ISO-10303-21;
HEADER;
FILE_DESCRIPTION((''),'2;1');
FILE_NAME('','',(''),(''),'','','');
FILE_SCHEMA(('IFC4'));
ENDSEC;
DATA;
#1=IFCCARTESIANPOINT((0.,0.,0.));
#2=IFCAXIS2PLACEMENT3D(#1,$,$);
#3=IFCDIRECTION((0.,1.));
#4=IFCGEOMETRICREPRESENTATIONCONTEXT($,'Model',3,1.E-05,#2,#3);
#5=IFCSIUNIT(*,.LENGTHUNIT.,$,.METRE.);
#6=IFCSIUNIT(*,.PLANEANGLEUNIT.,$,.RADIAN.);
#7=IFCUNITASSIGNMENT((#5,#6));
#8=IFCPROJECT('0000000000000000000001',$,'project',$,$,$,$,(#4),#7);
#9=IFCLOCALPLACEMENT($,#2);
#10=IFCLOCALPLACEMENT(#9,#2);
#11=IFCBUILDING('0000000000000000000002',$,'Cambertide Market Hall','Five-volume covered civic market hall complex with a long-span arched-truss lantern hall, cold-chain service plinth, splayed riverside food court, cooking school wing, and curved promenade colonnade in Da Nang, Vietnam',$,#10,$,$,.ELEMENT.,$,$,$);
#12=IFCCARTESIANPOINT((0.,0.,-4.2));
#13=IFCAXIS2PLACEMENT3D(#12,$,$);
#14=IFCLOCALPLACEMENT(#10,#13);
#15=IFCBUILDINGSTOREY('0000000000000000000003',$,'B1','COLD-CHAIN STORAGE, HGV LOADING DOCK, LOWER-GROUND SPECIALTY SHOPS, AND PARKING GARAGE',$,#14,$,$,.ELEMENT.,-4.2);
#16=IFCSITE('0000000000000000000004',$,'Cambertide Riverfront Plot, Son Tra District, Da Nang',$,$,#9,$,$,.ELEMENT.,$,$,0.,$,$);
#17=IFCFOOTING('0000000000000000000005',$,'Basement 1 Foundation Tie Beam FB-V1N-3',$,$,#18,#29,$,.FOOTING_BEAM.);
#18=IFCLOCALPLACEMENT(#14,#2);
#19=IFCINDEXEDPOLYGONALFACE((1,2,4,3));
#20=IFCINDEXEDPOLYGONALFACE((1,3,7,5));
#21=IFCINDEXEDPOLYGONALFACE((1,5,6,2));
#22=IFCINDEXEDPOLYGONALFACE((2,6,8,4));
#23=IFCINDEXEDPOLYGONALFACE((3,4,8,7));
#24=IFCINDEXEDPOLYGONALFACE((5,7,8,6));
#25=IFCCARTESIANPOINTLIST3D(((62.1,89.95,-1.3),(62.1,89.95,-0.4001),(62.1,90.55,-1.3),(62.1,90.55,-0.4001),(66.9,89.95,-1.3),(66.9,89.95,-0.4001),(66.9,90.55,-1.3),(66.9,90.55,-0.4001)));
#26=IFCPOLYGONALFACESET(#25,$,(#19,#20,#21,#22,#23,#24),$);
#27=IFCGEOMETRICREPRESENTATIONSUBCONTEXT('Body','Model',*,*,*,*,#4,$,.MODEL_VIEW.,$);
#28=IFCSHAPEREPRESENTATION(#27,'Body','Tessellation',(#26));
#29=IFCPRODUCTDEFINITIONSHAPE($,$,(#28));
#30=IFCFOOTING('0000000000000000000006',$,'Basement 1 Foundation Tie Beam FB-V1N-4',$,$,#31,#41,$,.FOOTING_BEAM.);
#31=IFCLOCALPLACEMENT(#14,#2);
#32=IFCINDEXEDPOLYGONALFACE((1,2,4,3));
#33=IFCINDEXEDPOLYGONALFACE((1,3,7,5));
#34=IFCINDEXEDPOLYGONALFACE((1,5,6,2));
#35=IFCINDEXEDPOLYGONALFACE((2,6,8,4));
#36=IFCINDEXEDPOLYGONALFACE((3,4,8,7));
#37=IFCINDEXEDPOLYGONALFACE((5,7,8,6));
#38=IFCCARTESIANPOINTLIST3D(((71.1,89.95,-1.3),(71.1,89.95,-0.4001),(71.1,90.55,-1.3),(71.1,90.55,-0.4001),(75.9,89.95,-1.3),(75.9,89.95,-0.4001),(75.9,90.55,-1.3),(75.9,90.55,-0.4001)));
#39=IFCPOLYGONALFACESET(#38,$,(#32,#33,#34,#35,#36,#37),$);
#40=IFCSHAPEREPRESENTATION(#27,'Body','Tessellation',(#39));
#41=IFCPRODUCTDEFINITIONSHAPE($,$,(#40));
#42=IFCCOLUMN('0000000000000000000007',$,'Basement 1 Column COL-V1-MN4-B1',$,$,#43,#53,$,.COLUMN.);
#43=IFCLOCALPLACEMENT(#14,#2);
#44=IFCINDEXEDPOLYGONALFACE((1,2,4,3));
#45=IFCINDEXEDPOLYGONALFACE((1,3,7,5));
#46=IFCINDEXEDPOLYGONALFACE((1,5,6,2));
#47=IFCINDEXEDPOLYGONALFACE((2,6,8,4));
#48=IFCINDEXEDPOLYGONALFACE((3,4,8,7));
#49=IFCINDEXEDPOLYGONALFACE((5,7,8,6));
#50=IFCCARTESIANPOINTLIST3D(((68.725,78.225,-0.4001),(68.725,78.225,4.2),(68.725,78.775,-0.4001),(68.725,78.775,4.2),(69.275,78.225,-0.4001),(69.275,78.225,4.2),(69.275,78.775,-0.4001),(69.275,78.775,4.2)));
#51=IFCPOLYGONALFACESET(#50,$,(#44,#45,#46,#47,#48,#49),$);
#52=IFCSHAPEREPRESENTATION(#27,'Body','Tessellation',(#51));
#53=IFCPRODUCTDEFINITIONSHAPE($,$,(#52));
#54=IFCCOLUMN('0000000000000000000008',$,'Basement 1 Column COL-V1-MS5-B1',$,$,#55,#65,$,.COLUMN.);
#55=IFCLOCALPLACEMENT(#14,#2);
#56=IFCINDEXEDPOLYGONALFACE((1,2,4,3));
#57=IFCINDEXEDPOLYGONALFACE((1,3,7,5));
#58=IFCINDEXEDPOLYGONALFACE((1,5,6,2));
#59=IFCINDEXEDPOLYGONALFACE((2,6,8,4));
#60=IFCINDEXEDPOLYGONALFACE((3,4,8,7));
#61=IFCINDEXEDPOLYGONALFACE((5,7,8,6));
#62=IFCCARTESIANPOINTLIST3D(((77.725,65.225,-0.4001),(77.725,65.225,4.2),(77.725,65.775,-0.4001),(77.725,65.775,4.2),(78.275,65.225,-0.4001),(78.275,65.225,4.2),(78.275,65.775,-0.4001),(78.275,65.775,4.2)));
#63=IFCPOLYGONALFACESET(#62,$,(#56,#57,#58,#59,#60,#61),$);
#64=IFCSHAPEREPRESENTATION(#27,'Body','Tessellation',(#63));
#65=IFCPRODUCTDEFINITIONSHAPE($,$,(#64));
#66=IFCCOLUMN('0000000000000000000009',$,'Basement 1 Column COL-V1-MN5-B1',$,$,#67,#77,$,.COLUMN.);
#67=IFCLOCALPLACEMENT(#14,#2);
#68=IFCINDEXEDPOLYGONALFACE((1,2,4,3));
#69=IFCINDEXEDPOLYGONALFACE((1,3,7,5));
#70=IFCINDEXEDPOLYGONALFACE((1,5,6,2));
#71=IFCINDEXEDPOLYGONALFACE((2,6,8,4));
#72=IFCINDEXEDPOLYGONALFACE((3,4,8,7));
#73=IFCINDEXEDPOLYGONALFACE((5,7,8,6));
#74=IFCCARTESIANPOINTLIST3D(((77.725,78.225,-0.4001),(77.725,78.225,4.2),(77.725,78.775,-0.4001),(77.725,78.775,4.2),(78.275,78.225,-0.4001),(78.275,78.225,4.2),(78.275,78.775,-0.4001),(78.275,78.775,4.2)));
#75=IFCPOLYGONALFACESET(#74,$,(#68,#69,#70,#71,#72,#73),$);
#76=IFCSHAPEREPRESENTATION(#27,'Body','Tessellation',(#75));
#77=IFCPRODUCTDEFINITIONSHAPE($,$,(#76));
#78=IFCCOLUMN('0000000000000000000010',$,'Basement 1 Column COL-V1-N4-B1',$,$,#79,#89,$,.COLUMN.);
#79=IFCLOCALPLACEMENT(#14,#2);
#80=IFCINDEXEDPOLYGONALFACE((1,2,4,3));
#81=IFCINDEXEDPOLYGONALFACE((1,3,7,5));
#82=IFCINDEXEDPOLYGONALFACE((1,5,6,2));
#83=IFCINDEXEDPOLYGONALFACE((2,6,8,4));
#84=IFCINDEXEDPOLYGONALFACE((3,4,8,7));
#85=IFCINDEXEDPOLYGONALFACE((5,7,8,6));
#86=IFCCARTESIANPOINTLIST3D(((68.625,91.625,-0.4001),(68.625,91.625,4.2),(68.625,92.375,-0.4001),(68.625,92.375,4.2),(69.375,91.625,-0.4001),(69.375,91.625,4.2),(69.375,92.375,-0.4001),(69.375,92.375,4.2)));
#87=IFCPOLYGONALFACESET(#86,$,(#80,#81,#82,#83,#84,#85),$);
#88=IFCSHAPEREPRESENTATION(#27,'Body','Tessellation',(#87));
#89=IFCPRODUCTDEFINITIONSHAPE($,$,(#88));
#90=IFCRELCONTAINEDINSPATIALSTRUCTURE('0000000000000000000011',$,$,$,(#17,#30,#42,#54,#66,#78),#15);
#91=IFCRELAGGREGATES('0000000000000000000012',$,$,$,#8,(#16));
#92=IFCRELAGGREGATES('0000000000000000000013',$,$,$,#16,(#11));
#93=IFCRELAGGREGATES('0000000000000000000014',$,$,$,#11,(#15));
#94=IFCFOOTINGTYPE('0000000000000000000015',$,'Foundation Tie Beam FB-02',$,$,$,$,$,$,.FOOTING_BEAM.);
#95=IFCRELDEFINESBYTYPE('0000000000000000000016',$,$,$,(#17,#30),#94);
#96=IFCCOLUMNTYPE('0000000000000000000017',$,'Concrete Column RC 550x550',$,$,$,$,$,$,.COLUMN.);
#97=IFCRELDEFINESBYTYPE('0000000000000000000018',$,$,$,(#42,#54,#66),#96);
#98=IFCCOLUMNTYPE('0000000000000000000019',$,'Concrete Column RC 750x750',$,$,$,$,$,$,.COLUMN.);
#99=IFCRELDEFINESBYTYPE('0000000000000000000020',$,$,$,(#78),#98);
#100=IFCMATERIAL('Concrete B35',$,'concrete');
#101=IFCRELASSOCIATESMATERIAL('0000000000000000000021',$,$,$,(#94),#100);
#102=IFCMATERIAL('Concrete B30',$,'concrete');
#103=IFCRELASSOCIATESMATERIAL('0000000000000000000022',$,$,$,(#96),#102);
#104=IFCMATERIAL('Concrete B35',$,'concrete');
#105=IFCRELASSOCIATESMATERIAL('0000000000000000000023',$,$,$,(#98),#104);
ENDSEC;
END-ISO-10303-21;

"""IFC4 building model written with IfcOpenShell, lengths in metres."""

from ifc_helpers import new_model, si_unit, direction, frame, origin, origin_2d, place, context, subcontext, project, spatial, rectangle, extrude, material, material_profile, profile_set, type_object, element, save


model = new_model("IFC4")

# Units and contexts
model_context = context("Model", 3, precision=1e-05, world=origin(), true_north=direction((0.0, 1.0)))
body_context = subcontext(model_context, "Body", "Model", "MODEL_VIEW")
ifc_project = project(units=[si_unit("LENGTHUNIT", "METRE"), si_unit("PLANEANGLEUNIT", "RADIAN")], contexts=[model_context])

# Site, building, storey
site_placement = place(None, origin())
site = spatial("IfcSite", under=ifc_project, at=site_placement, Name="Cambertide Riverfront Plot, Son Tra District, Da Nang", CompositionType="ELEMENT", RefElevation=0.0)
building_placement = place(site_placement, origin())
building = spatial("IfcBuilding", under=site, at=building_placement, Name="Cambertide Market Hall", Description="Five-volume covered civic market hall complex with a long-span arched-truss lantern hall, cold-chain service plinth, splayed riverside food court, cooking school wing, and curved promenade colonnade in Da Nang, Vietnam", CompositionType="ELEMENT")
storey_placement = place(building_placement, frame((0.0, 0.0, -4.2)))
storey = spatial("IfcBuildingStorey", under=building, at=storey_placement, Name="B1", Description="COLD-CHAIN STORAGE, HGV LOADING DOCK, LOWER-GROUND SPECIALTY SHOPS, AND PARKING GARAGE", CompositionType="ELEMENT", Elevation=-4.2)

# Footings
ifc_material_1 = material(Name="Concrete B35", Category="concrete")
footing_type_1 = type_object("IfcFootingType", Name="Foundation Tie Beam FB-02", PredefinedType="FOOTING_BEAM", material=ifc_material_1)
for number, where, z_axis, x_axis, name in (
    (1, (64.5, 90.25, -1.3), (0.0, 0.0, 1.0), (1.0, 0.0, 0.0), "Basement 1 Foundation Tie Beam FB-V1N-3"),
    (2, (73.5, 90.25, -1.3), (0.0, 0.0, 1.0), (1.0, 0.0, 0.0), "Basement 1 Foundation Tie Beam FB-V1N-4"),
):
    element("IfcFooting", number, at=place(storey_placement, frame(where, z_axis=z_axis, x_axis=x_axis)), inside=storey, type_object=footing_type_1, Name=name, PredefinedType="FOOTING_BEAM", context=body_context, shape_type="SweptSolid", body=[
        extrude(rectangle(XDim=4.8, YDim=0.6001, at=origin_2d()), origin(), (0.0, 0.0, 1.0), 0.8999),
    ])

# Columns
ifc_material_2 = material(Name="Concrete B30", Category="concrete")
ifc_material_profile_1 = material_profile(ifc_material_2, rectangle(XDim=0.55, YDim=0.55, at=origin_2d()), Name="RC 550x550")
ifc_profile_set_1 = profile_set([ifc_material_profile_1], Name="Concrete B30")
column_type_1 = type_object("IfcColumnType", Name="Concrete Column RC 550x550", PredefinedType="COLUMN", material=ifc_profile_set_1)
for number, where, z_axis, x_axis, name in (
    (3, (69.0, 78.5, -0.4001), (0.0, 0.0, 1.0), (1.0, 0.0, 0.0), "Basement 1 Column COL-V1-MN4-B1"),
    (4, (78.0, 65.5, -0.4001), (0.0, 0.0, 1.0), (1.0, 0.0, 0.0), "Basement 1 Column COL-V1-MS5-B1"),
    (5, (78.0, 78.5, -0.4001), (0.0, 0.0, 1.0), (1.0, 0.0, 0.0), "Basement 1 Column COL-V1-MN5-B1"),
):
    element("IfcColumn", number, at=place(storey_placement, frame(where, z_axis=z_axis, x_axis=x_axis)), inside=storey, type_object=column_type_1, Name=name, PredefinedType="COLUMN", context=body_context, shape_type="SweptSolid", body=[
        extrude(rectangle(XDim=0.55, YDim=0.55, at=origin_2d()), origin(), (0.0, 0.0, 1.0), 4.6001),
    ])
ifc_material_3 = material(Name="Concrete B35", Category="concrete")
ifc_material_profile_2 = material_profile(ifc_material_3, rectangle(XDim=0.75, YDim=0.75, at=origin_2d()), Name="RC 750x750")
ifc_profile_set_2 = profile_set([ifc_material_profile_2], Name="Concrete B35")
column_type_2 = type_object("IfcColumnType", Name="Concrete Column RC 750x750", PredefinedType="COLUMN", material=ifc_profile_set_2)
column_placement = place(storey_placement, frame((69.0, 92.0, -0.4001), z_axis=(0.0, 0.0, 1.0), x_axis=(0.0, 1.0, 0.0)))
element("IfcColumn", 6, at=column_placement, inside=storey, type_object=column_type_2, Name="Basement 1 Column COL-V1-N4-B1", PredefinedType="COLUMN", context=body_context, shape_type="SweptSolid", body=[
    extrude(rectangle(XDim=0.75, YDim=0.75, at=origin_2d()), origin(), (0.0, 0.0, 1.0), 4.6001),
])

save(model, "model.ifc")
